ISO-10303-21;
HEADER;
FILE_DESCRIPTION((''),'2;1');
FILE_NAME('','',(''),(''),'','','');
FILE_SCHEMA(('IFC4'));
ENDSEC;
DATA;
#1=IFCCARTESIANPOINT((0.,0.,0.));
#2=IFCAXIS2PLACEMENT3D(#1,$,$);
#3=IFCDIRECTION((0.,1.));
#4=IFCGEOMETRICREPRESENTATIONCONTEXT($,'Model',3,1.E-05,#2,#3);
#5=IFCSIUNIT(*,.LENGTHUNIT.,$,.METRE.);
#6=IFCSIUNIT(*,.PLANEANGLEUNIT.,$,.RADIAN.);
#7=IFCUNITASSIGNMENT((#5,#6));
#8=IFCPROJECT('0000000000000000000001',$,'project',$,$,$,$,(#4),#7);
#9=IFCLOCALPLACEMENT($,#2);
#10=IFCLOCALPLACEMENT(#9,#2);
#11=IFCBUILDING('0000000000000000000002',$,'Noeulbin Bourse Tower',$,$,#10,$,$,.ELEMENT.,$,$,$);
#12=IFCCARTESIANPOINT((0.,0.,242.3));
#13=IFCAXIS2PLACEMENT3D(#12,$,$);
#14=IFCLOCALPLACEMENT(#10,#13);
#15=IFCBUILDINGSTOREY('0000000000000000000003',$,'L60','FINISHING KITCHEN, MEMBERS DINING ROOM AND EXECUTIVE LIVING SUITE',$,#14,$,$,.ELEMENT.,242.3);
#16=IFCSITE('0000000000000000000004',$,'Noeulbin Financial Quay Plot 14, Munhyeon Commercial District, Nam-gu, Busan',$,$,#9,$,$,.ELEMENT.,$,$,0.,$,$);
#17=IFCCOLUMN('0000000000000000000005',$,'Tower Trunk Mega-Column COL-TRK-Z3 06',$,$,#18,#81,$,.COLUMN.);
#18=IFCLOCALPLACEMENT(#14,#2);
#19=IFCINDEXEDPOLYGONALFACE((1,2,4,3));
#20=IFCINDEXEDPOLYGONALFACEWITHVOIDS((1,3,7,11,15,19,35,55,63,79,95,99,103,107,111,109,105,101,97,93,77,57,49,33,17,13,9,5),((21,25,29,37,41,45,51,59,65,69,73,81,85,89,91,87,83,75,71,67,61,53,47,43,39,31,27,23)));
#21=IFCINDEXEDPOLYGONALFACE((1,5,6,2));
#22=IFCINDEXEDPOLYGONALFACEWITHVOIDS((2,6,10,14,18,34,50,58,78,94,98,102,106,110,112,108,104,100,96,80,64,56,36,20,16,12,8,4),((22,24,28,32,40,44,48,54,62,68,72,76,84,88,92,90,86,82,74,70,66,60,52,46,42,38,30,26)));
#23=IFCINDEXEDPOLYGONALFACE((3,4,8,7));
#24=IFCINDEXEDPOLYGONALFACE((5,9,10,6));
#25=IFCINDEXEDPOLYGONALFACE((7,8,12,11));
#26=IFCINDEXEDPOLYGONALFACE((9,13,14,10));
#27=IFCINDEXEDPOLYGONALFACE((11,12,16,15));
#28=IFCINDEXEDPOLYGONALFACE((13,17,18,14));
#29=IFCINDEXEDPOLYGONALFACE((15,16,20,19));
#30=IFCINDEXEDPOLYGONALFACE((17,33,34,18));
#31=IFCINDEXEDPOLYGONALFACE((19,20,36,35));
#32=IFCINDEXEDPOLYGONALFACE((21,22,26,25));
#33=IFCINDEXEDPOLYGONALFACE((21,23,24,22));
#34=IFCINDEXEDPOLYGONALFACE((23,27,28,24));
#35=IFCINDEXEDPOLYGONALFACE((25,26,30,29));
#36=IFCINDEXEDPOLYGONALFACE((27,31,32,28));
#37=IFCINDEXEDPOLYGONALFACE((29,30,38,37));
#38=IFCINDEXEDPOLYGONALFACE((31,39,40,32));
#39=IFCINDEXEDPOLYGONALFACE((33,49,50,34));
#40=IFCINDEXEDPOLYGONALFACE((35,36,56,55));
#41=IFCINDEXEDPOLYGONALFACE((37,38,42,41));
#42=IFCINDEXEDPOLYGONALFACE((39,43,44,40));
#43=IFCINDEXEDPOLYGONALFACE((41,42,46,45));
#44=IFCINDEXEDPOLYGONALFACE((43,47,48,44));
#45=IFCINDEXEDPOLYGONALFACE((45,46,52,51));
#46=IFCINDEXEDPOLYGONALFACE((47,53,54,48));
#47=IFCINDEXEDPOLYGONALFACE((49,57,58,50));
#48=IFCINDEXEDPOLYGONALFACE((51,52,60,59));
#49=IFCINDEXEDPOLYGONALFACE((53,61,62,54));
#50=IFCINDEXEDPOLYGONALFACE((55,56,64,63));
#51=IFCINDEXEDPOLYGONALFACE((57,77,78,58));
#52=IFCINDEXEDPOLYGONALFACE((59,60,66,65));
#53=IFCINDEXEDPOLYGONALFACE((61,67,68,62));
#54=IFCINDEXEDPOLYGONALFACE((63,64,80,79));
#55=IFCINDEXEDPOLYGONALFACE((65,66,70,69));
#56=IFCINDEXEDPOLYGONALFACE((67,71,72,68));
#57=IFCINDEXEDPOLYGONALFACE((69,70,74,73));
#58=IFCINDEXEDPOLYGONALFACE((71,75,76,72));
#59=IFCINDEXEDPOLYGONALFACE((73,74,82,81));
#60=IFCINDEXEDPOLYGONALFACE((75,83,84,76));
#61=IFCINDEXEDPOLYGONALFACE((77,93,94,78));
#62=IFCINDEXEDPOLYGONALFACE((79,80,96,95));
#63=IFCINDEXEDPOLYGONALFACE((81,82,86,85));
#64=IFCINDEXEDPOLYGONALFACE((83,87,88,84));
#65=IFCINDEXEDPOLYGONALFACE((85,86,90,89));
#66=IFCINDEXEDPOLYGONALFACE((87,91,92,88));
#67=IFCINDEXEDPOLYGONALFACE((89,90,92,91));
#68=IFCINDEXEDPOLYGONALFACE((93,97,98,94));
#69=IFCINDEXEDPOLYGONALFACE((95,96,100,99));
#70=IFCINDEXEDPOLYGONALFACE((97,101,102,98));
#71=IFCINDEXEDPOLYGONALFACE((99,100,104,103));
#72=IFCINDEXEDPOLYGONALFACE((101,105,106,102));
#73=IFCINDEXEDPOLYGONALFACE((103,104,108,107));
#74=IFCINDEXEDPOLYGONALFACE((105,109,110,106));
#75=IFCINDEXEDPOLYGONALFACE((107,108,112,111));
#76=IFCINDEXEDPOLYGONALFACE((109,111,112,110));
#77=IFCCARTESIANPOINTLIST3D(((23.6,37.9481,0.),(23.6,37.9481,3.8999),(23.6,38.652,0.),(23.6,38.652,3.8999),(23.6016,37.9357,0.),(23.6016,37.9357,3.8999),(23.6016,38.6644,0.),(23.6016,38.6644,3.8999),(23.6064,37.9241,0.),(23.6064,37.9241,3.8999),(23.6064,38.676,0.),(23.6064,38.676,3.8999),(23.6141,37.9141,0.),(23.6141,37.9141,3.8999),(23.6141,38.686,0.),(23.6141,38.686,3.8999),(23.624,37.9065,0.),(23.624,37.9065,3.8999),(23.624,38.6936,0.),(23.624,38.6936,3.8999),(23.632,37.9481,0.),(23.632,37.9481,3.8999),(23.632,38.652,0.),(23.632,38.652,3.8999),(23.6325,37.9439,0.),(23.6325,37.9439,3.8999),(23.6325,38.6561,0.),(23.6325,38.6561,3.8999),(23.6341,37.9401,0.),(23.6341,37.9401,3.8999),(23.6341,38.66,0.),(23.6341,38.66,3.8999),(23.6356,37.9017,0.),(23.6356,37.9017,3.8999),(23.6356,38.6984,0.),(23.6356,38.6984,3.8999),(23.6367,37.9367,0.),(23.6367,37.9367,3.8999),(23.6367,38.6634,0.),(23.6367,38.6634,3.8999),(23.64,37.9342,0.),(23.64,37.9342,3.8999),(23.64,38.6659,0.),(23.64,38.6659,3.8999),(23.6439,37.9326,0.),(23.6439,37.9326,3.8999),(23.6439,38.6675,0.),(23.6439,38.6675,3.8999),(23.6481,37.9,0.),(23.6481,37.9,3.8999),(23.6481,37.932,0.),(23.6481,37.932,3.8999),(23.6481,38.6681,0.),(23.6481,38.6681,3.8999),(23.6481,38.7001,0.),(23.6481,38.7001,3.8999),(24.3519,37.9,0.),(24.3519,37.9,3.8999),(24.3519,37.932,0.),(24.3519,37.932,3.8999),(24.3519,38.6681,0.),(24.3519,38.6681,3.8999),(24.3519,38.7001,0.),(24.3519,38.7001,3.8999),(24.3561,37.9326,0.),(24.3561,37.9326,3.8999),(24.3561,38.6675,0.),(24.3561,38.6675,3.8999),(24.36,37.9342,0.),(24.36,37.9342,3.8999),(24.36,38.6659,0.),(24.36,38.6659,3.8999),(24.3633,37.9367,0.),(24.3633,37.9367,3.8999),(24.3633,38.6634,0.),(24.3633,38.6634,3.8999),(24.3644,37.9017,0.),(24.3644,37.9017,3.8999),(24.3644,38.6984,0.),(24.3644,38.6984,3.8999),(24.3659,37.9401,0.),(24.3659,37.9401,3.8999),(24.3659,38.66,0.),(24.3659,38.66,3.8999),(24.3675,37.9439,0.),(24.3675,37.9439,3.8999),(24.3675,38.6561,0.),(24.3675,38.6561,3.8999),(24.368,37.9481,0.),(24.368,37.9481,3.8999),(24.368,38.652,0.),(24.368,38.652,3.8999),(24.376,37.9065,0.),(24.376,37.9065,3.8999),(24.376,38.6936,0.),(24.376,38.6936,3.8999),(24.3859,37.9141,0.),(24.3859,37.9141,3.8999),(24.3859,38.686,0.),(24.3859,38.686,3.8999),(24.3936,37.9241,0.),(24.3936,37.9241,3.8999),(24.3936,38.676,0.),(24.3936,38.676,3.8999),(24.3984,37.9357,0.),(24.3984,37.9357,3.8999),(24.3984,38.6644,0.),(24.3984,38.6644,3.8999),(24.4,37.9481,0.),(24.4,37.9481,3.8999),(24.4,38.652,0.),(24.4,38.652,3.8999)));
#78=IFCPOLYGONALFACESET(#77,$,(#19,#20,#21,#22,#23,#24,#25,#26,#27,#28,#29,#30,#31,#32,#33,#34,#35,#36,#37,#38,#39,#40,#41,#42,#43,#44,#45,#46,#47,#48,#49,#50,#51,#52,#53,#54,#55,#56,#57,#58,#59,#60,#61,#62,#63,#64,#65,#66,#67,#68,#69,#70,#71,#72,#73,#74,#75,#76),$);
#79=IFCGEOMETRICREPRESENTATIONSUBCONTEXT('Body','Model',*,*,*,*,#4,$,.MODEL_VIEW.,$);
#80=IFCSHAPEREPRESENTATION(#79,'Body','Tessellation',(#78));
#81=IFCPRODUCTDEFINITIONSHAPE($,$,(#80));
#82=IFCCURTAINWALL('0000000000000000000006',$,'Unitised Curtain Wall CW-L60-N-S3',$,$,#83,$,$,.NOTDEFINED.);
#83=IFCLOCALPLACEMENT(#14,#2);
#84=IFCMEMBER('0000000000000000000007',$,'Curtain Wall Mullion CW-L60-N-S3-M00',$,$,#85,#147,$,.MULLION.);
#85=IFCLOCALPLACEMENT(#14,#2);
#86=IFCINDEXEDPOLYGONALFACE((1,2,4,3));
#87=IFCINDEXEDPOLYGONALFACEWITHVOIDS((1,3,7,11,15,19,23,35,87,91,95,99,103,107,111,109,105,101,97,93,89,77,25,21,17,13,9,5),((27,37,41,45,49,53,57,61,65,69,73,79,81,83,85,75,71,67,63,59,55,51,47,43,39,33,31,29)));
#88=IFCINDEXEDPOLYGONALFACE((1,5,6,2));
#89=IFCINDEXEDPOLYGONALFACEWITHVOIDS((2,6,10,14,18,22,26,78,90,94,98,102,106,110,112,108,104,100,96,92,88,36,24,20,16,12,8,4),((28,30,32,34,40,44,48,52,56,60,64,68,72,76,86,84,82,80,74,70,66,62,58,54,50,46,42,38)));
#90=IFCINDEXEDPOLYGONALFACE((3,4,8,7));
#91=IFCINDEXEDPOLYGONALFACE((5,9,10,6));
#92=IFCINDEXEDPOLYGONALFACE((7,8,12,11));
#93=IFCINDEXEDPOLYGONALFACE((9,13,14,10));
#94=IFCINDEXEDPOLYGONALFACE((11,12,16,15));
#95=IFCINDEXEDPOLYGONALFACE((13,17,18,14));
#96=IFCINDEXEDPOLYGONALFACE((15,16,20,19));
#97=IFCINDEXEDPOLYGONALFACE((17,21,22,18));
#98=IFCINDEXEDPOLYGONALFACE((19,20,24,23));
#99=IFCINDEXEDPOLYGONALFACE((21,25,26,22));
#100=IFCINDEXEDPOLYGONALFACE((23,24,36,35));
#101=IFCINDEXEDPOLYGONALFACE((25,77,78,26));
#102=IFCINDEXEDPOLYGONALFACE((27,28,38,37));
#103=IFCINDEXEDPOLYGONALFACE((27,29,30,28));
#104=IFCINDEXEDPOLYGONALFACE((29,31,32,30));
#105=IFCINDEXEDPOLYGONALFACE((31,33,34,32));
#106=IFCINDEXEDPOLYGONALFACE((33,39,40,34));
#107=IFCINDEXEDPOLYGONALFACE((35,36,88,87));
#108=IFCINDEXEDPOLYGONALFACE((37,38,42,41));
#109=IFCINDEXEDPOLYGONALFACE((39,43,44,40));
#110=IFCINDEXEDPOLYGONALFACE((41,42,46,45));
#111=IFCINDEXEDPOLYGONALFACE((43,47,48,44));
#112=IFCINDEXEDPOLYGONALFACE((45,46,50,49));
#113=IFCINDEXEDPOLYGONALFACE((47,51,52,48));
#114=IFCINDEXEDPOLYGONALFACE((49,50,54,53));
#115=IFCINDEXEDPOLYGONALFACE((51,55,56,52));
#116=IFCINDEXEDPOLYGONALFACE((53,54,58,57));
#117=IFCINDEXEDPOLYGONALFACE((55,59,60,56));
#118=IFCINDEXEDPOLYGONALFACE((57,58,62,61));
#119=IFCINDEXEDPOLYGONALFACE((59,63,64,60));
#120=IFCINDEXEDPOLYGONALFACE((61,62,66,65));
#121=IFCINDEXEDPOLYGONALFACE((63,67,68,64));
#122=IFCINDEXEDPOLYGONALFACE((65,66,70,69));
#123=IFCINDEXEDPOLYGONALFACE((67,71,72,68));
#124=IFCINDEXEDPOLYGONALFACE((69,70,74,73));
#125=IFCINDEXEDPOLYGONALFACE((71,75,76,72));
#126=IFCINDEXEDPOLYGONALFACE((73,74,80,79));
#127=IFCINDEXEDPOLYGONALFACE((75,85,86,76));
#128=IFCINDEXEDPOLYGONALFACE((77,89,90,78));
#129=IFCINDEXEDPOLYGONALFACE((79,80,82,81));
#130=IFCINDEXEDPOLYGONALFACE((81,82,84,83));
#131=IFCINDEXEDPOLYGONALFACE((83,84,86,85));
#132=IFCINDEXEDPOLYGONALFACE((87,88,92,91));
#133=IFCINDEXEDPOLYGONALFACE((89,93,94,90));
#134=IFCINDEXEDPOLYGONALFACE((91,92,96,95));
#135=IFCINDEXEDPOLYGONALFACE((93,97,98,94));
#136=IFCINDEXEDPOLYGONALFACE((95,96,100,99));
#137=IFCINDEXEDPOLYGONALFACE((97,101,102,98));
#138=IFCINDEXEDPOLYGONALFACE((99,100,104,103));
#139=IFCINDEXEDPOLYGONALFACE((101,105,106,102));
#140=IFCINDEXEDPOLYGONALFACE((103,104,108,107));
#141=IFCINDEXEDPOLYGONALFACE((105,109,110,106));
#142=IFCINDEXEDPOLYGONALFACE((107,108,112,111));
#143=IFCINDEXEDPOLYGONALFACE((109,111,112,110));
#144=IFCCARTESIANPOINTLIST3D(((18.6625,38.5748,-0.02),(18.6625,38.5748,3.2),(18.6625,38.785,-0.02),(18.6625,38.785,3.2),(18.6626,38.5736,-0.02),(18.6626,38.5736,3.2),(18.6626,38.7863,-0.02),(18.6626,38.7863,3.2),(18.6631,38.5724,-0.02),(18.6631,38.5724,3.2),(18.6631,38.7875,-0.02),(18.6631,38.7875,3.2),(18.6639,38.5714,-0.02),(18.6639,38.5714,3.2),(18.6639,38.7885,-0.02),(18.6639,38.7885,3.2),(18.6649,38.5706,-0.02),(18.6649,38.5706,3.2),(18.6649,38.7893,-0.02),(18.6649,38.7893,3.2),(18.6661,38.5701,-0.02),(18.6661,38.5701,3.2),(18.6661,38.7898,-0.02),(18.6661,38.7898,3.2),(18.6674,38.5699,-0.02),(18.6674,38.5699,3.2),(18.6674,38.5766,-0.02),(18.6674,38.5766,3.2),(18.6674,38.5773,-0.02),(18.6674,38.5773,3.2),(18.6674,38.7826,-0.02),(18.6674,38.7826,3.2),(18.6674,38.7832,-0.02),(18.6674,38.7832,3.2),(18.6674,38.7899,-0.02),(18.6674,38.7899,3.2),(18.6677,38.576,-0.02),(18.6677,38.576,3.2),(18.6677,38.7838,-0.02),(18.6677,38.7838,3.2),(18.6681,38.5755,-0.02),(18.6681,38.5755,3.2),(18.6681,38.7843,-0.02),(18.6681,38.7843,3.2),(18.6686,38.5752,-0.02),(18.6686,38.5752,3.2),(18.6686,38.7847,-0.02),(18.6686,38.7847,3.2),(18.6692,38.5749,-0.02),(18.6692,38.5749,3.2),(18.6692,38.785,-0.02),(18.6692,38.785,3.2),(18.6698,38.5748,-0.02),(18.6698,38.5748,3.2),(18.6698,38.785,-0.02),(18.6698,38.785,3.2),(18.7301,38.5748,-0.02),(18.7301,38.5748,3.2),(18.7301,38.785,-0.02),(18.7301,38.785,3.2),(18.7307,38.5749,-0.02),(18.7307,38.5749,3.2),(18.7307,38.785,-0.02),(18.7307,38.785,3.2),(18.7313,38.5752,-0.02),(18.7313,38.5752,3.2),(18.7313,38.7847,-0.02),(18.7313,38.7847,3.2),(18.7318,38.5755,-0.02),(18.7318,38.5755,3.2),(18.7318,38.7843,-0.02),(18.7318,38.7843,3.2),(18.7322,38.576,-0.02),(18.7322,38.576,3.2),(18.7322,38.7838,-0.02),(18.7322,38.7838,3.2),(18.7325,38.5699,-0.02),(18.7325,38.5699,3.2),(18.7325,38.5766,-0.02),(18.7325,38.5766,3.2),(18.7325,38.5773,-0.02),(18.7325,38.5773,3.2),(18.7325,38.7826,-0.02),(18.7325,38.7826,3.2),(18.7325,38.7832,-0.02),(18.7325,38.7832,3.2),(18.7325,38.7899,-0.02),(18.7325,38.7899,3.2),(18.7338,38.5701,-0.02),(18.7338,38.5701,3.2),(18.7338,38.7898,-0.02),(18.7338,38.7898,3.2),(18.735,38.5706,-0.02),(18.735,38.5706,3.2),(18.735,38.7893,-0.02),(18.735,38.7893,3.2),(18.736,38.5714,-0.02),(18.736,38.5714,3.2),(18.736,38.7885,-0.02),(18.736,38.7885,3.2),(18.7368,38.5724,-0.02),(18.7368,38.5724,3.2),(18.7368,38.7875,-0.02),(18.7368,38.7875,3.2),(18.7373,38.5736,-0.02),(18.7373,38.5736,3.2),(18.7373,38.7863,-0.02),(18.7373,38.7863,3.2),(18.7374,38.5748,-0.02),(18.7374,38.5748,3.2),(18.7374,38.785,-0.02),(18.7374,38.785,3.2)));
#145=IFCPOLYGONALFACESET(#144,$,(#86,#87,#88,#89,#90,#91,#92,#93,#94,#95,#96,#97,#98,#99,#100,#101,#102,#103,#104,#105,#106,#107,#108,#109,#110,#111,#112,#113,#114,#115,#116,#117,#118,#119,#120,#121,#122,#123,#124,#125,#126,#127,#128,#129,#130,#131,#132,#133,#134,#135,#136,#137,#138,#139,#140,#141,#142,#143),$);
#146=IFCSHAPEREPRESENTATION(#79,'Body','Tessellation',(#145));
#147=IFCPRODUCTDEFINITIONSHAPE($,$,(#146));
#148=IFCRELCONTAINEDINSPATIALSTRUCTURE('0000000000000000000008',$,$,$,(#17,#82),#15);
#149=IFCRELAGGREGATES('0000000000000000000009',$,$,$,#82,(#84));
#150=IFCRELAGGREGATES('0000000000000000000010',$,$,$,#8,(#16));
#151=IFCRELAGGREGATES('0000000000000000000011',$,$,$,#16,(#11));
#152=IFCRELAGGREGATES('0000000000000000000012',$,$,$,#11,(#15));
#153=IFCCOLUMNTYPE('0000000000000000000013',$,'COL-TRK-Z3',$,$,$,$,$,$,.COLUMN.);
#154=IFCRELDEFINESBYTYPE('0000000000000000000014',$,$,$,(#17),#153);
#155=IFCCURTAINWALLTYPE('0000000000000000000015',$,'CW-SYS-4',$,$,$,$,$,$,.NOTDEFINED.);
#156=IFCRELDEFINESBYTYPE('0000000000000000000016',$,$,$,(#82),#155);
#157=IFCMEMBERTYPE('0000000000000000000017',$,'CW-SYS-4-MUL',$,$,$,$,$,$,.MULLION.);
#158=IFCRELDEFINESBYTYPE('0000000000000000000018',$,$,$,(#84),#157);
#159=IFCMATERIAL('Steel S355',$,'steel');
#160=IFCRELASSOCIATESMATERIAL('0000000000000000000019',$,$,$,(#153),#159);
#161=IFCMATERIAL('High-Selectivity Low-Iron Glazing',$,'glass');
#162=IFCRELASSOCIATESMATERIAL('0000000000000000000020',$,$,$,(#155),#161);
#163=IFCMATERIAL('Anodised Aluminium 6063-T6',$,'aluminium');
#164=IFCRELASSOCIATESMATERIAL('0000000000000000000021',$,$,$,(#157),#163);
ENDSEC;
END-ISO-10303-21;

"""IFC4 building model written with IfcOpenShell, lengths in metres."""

from ifc_helpers import new_model, si_unit, direction, frame, origin, origin_2d, place, context, subcontext, project, spatial, hollow_rectangle, extrude, material, material_profile, profile_set, type_object, element, aggregate, save


model = new_model("IFC4")

# Units and contexts
model_context = context("Model", 3, precision=1e-05, world=origin(), true_north=direction((0.0, 1.0)))
body_context = subcontext(model_context, "Body", "Model", "MODEL_VIEW")
ifc_project = project(units=[si_unit("LENGTHUNIT", "METRE"), si_unit("PLANEANGLEUNIT", "RADIAN")], contexts=[model_context])

# Site, building, storey
site_placement = place(None, origin())
site = spatial("IfcSite", under=ifc_project, at=site_placement, Name="Noeulbin Financial Quay Plot 14, Munhyeon Commercial District, Nam-gu, Busan", CompositionType="ELEMENT", RefElevation=0.0)
building_placement = place(site_placement, origin())
building = spatial("IfcBuilding", under=site, at=building_placement, Name="Noeulbin Bourse Tower", CompositionType="ELEMENT")
storey_placement = place(building_placement, frame((0.0, 0.0, 242.3)))
storey = spatial("IfcBuildingStorey", under=building, at=storey_placement, Name="L60", Description="FINISHING KITCHEN, MEMBERS DINING ROOM AND EXECUTIVE LIVING SUITE", CompositionType="ELEMENT", Elevation=242.3)

# Column
ifc_material_1 = material(Name="Steel S355", Category="steel")
ifc_material_profile_1 = material_profile(ifc_material_1, hollow_rectangle(XDim=0.8, YDim=0.8, WallThickness=0.032, InnerFilletRadius=0.0161, OuterFilletRadius=0.0481, at=origin_2d()), Name="BOX-800x800x32", Category="LoadBearing")
ifc_profile_set_1 = profile_set([ifc_material_profile_1], Name="Steel S355")
column_type = type_object("IfcColumnType", Name="COL-TRK-Z3", PredefinedType="COLUMN", material=ifc_profile_set_1)
for number, where, z_axis, x_axis, name in (
    (1, (24.0, 38.3, 0.0), (0.0, 0.0, 1.0), (1.0, 0.0, 0.0), "Tower Trunk Mega-Column COL-TRK-Z3 06"),
):
    element("IfcColumn", number, at=place(storey_placement, frame(where, z_axis=z_axis, x_axis=x_axis)), inside=storey, type_object=column_type, Name=name, PredefinedType="COLUMN", context=body_context, shape_type="SweptSolid", body=[
        extrude(hollow_rectangle(XDim=0.8, YDim=0.8, WallThickness=0.032, InnerFilletRadius=0.0161, OuterFilletRadius=0.0481, at=origin_2d()), origin(), (0.0, 0.0, 1.0), 3.8999),
    ])

# Curtain wall, member
ifc_material_2 = material(Name="High-Selectivity Low-Iron Glazing", Category="glass")
curtain_wall_type = type_object("IfcCurtainWallType", Name="CW-SYS-4", PredefinedType="NOTDEFINED", material=ifc_material_2)
curtain_wall_placement = place(storey_placement, origin())
curtain_wall = element("IfcCurtainWall", 2, at=curtain_wall_placement, inside=storey, type_object=curtain_wall_type, Name="Unitised Curtain Wall CW-L60-N-S3", PredefinedType="NOTDEFINED")
ifc_material_3 = material(Name="Anodised Aluminium 6063-T6", Category="aluminium")
ifc_material_profile_2 = material_profile(ifc_material_3, hollow_rectangle(XDim=0.075, YDim=0.22, WallThickness=0.0049, InnerFilletRadius=0.0024, OuterFilletRadius=0.0049, at=origin_2d()), Name="ALU-MULL-75x220x5", Category="LoadBearing")
ifc_profile_set_2 = profile_set([ifc_material_profile_2], Name="Anodised Aluminium 6063-T6")
member_type_1 = type_object("IfcMemberType", Name="CW-SYS-4-MUL", PredefinedType="MULLION", material=ifc_profile_set_2)
member_1_placement = place(storey_placement, frame((18.7, 38.6799, -0.02), z_axis=(0.0, 0.0, 1.0), x_axis=(1.0, 0.0, 0.0)))
member_1 = element("IfcMember", 3, at=member_1_placement, type_object=member_type_1, Name="Curtain Wall Mullion CW-L60-N-S3-M00", PredefinedType="MULLION", context=body_context, shape_type="SweptSolid", body=[
    extrude(hollow_rectangle(XDim=0.075, YDim=0.22, WallThickness=0.0049, InnerFilletRadius=0.0024, OuterFilletRadius=0.0049, at=origin_2d()), origin(), (0.0, 0.0, 1.0), 3.22),
])
aggregate(curtain_wall, [member_1])

save(model, "model.ifc")
